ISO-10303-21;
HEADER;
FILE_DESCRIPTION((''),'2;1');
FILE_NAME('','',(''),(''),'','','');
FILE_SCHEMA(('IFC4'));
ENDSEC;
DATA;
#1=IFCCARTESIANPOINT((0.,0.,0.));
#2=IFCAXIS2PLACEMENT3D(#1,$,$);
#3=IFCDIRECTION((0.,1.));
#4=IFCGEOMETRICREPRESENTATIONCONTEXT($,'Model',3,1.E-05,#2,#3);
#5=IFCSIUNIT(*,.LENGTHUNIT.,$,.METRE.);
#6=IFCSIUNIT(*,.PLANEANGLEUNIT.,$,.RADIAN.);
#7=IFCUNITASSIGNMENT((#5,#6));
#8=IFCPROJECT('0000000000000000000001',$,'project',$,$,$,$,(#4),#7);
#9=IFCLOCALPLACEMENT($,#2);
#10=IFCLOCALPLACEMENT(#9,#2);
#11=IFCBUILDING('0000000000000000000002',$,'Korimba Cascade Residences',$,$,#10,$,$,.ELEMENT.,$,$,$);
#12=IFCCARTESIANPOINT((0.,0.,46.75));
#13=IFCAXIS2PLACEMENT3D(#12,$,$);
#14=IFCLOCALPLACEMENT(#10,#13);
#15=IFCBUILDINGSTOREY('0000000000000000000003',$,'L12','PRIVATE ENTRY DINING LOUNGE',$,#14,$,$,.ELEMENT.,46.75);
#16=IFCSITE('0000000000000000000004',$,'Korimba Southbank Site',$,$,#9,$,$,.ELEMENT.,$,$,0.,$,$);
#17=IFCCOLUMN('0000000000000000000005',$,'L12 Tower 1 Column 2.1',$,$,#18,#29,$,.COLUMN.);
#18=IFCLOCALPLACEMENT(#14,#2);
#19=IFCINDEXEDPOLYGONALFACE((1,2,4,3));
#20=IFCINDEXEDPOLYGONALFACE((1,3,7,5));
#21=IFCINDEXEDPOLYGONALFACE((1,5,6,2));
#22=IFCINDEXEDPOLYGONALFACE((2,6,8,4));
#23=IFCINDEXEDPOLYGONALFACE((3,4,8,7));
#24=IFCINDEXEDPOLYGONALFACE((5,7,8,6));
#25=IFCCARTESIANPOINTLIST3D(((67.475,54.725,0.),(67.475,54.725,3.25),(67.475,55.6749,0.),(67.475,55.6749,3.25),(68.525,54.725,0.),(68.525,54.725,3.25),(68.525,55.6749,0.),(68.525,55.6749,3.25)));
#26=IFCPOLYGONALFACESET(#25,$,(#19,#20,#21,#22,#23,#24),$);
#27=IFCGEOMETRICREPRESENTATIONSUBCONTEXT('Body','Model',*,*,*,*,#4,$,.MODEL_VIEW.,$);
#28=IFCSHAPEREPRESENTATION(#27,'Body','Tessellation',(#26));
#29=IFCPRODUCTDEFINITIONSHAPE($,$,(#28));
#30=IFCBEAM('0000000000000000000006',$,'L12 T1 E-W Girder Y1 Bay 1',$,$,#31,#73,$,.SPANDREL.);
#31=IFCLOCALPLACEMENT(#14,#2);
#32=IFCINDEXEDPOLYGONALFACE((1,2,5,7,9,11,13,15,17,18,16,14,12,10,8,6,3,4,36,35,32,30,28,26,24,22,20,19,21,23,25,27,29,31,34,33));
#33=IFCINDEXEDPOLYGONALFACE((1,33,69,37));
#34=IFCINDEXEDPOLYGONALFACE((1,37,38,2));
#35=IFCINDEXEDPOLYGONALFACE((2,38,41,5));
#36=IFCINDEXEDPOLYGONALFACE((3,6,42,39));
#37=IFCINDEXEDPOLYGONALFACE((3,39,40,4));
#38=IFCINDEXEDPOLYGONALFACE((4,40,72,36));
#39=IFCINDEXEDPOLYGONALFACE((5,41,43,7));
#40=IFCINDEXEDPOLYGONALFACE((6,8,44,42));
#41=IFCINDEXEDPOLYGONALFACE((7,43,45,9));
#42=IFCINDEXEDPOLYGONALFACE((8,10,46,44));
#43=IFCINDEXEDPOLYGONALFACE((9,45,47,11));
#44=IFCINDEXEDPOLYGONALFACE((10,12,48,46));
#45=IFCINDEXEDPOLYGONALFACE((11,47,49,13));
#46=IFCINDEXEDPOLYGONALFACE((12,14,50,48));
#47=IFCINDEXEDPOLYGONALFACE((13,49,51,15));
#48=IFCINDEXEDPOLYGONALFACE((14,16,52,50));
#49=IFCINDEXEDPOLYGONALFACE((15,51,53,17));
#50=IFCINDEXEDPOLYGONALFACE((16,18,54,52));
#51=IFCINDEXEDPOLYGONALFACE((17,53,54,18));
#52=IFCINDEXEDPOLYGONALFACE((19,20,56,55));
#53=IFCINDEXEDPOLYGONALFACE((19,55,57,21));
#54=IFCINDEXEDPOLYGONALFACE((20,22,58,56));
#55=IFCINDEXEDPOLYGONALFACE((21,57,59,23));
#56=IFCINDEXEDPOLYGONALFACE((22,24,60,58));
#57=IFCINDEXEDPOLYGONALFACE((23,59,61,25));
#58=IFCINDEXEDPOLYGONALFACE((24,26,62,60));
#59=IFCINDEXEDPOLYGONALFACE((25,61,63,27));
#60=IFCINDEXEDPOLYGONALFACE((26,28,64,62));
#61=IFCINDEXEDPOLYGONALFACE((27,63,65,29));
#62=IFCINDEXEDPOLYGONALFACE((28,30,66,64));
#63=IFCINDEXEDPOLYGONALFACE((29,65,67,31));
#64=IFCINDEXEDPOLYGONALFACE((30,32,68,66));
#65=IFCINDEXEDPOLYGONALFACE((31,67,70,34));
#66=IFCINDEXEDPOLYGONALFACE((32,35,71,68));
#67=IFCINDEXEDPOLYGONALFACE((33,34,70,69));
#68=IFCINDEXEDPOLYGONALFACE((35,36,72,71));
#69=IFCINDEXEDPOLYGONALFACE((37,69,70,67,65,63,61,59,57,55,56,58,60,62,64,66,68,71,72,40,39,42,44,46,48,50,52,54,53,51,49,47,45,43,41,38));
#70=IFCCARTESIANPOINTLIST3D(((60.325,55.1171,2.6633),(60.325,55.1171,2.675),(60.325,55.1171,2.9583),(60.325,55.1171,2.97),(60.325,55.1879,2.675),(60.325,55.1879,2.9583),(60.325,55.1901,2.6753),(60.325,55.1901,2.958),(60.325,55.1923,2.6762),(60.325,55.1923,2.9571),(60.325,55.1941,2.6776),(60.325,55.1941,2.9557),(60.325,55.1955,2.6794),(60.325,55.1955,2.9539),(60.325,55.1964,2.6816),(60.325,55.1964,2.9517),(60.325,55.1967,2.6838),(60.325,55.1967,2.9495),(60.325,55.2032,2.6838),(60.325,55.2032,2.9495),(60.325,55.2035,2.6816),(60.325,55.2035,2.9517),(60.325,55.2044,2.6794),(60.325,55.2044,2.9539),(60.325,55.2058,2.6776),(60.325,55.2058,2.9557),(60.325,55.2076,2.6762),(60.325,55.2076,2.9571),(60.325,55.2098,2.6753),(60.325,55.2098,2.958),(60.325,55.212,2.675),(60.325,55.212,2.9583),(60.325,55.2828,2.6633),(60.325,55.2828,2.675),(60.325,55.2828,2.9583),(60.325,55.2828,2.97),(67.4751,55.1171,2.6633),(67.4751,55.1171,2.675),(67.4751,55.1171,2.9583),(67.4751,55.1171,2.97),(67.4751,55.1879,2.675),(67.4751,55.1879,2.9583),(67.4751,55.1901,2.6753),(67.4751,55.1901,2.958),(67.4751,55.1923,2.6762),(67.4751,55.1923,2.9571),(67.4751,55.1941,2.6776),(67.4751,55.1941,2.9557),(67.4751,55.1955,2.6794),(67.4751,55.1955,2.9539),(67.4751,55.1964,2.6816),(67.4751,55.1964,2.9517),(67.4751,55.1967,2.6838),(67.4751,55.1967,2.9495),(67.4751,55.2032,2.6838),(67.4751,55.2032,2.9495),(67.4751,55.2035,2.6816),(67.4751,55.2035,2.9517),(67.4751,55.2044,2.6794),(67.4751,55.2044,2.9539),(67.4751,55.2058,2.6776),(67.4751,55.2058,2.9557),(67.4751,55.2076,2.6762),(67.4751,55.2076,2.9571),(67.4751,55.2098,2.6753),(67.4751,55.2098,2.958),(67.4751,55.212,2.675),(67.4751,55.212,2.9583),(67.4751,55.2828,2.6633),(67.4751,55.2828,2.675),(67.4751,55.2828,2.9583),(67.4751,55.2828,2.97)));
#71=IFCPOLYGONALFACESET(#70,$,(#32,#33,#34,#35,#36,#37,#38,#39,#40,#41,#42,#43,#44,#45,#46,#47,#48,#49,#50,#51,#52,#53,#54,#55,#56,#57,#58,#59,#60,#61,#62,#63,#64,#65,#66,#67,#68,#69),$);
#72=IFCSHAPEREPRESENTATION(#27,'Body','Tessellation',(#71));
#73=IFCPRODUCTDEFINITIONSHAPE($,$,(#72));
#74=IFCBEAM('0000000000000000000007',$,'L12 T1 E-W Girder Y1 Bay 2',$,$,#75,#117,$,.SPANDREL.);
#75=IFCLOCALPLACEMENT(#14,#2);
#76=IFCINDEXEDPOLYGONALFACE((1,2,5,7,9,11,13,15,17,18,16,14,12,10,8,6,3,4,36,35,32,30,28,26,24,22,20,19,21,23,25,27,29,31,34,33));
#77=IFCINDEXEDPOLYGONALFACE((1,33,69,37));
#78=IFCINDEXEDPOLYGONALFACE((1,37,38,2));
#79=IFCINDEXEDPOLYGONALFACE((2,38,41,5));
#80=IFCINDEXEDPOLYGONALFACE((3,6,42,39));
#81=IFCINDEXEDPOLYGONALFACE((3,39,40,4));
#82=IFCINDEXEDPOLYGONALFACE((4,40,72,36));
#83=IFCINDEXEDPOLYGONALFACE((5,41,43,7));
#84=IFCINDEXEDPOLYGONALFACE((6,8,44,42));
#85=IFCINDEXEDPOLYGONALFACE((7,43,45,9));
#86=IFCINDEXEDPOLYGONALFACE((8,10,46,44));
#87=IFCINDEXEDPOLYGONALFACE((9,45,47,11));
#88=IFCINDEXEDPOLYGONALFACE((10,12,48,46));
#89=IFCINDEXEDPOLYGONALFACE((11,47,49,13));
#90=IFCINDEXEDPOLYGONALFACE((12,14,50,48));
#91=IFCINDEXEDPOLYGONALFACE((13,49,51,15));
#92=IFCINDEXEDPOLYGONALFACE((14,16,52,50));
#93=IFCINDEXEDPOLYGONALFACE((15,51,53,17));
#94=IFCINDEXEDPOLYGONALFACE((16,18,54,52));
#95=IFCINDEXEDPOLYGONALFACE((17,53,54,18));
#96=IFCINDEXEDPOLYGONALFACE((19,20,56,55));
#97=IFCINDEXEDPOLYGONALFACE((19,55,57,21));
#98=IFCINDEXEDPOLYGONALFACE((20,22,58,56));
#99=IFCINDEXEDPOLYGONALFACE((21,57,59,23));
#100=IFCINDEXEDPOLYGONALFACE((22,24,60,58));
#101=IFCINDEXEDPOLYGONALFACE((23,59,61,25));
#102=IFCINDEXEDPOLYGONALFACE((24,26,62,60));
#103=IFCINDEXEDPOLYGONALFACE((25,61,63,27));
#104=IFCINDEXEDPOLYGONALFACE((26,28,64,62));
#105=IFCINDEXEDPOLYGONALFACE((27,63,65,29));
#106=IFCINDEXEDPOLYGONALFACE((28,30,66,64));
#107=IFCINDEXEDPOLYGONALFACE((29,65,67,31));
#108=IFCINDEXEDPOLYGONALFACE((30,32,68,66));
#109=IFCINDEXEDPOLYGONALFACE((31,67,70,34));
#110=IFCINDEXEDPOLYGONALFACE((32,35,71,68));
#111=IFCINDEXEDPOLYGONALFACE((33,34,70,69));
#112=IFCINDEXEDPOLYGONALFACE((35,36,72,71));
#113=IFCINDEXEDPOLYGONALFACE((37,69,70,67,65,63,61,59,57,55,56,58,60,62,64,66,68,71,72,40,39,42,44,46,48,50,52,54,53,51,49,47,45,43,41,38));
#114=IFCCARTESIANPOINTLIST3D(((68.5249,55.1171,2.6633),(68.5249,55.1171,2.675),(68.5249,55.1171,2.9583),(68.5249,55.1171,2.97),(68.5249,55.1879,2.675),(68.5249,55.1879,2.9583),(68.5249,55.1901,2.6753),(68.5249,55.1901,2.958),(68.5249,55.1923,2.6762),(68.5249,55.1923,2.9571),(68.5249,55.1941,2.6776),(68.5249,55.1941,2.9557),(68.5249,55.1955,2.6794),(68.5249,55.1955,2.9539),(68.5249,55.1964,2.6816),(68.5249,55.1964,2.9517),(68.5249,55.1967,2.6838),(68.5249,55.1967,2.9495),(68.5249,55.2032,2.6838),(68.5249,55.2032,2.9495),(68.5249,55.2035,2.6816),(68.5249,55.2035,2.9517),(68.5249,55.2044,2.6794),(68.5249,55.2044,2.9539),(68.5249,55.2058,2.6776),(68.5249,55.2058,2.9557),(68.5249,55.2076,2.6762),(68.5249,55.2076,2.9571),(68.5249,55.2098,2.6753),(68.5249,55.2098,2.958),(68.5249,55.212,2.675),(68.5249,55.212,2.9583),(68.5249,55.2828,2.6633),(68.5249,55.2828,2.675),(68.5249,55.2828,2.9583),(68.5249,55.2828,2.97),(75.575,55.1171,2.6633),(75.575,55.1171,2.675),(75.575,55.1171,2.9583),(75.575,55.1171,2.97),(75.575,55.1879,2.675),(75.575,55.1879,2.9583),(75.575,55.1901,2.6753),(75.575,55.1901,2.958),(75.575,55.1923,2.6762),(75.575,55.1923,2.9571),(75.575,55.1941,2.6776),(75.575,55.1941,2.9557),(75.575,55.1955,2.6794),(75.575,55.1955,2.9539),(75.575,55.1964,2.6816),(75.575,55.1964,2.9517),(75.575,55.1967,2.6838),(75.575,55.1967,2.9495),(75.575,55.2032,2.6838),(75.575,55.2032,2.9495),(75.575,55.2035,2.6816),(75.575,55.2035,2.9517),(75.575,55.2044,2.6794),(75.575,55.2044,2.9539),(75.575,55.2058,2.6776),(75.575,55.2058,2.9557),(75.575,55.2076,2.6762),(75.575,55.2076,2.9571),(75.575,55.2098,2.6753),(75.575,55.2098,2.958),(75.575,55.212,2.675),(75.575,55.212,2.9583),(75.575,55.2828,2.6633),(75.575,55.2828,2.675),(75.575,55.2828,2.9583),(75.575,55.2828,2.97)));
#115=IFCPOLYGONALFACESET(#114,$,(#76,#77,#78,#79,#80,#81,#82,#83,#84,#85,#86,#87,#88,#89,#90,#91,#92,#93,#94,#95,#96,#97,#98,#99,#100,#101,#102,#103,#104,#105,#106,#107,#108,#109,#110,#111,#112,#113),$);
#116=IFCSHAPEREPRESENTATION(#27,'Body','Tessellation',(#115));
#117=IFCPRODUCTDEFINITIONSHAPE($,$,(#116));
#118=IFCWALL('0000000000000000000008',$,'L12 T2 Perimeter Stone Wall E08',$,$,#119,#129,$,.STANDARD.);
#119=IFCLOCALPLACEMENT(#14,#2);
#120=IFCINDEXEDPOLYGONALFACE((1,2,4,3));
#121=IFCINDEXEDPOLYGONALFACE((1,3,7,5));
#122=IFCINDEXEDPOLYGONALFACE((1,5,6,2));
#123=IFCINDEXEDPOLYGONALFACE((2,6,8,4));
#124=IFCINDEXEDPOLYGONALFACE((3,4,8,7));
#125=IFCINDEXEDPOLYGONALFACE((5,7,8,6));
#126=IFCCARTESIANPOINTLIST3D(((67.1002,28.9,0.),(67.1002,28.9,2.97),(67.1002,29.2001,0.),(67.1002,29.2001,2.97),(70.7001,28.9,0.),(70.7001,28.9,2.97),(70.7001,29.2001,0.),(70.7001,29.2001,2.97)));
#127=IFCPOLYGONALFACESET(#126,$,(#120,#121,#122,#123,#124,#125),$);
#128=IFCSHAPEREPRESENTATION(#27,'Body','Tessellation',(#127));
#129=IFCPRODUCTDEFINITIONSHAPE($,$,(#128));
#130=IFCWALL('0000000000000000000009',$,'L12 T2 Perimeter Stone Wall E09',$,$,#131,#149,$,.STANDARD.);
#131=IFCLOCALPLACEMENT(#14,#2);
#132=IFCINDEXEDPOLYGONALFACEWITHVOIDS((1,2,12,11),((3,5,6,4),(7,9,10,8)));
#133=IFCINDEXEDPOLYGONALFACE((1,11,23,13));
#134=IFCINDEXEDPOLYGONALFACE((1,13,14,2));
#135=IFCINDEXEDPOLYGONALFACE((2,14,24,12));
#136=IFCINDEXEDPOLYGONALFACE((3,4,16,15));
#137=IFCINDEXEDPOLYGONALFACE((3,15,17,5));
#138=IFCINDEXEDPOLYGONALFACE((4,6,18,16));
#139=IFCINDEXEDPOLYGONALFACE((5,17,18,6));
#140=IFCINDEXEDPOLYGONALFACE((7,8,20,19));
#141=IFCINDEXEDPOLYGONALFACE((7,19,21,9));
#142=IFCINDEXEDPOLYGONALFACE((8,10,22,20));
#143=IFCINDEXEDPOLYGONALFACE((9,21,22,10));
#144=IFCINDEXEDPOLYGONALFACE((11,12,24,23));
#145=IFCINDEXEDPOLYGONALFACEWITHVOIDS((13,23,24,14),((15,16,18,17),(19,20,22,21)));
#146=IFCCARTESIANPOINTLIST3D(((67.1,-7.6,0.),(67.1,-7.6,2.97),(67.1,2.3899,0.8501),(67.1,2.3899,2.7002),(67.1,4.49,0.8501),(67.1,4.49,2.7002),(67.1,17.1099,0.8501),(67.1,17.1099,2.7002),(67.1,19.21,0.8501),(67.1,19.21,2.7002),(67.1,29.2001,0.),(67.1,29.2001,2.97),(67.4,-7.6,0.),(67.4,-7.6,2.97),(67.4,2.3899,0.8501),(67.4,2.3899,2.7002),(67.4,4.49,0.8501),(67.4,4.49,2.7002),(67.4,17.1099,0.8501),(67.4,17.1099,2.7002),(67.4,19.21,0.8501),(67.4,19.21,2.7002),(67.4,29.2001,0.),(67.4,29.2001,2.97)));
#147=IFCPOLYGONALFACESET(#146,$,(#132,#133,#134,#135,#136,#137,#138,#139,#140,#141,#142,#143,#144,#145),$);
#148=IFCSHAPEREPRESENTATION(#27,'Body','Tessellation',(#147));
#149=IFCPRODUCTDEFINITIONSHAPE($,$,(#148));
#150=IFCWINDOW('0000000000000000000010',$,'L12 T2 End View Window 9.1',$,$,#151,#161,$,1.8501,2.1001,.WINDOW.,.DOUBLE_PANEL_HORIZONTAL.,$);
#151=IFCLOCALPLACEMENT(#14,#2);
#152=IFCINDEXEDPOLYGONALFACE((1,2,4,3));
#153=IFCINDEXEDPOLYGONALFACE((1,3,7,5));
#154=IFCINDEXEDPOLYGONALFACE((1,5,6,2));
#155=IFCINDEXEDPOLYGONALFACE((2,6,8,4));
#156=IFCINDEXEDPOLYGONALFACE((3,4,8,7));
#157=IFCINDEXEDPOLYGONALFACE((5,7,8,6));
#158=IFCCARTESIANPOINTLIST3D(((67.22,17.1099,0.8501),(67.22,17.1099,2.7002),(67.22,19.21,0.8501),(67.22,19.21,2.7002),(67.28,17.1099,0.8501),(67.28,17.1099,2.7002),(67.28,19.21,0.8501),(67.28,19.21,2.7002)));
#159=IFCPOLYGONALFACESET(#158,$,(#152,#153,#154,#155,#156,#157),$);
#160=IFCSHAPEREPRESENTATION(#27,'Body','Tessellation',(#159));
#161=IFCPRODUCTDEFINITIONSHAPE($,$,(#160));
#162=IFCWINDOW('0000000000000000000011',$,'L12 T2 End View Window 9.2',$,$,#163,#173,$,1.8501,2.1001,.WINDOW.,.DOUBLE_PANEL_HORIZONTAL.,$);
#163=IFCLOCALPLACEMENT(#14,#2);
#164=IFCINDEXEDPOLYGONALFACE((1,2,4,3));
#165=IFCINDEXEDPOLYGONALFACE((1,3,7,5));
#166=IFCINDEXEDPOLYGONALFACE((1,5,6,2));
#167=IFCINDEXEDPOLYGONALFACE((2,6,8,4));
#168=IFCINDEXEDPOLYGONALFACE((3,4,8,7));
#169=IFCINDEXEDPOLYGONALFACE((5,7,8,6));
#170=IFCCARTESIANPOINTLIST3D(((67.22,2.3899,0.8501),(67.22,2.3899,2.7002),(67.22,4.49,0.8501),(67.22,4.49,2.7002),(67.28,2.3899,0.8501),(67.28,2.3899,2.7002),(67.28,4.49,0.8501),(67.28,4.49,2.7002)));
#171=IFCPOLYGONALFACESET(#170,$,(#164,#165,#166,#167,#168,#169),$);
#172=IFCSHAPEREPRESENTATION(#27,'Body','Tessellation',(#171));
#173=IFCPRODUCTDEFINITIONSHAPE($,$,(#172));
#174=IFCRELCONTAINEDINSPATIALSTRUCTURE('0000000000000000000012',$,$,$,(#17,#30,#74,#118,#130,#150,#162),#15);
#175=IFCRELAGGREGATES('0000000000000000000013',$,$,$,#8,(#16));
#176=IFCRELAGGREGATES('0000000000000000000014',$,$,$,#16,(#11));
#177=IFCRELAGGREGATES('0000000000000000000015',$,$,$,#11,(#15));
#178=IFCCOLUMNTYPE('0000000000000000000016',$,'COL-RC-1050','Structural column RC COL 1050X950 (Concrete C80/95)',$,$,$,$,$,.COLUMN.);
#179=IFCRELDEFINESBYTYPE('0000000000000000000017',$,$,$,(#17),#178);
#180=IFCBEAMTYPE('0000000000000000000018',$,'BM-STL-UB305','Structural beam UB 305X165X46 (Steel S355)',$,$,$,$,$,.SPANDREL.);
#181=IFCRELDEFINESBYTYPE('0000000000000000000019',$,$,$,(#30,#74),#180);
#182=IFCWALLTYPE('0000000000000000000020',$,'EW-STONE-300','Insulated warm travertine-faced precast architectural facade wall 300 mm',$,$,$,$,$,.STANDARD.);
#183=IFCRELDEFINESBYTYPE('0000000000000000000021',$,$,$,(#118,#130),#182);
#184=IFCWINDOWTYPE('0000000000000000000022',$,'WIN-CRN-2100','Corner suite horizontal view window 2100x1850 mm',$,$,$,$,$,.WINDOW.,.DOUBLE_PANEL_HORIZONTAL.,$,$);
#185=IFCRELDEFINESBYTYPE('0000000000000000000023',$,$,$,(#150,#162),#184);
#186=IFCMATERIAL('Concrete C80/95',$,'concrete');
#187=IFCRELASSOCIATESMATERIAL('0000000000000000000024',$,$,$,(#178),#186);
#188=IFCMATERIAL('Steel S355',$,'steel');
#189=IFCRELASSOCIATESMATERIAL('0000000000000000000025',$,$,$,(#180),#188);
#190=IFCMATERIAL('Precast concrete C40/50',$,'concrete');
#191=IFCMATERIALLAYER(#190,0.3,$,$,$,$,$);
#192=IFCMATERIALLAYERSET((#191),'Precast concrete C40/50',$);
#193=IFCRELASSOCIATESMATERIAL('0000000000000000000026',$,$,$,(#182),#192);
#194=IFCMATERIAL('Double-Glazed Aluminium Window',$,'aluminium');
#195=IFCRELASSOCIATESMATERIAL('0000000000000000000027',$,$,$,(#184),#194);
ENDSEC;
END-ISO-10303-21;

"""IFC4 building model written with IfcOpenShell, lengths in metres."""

from ifc_helpers import new_model, si_unit, direction, frame, frame_2d, origin, origin_2d, place, context, subcontext, project, spatial, rectangle, i_section, extrude, material, layer, layer_set, material_profile, profile_set, type_object, element, fill, save


model = new_model("IFC4")

# Units and contexts
model_context = context("Model", 3, precision=1e-05, world=origin(), true_north=direction((0.0, 1.0)))
body_context = subcontext(model_context, "Body", "Model", "MODEL_VIEW")
ifc_project = project(units=[si_unit("LENGTHUNIT", "METRE"), si_unit("PLANEANGLEUNIT", "RADIAN")], contexts=[model_context])

# Site, building, storey
site_placement = place(None, origin())
site = spatial("IfcSite", under=ifc_project, at=site_placement, Name="Korimba Southbank Site", CompositionType="ELEMENT", RefElevation=0.0)
building_placement = place(site_placement, origin())
building = spatial("IfcBuilding", under=site, at=building_placement, Name="Korimba Cascade Residences", CompositionType="ELEMENT")
storey_placement = place(building_placement, frame((0.0, 0.0, 46.75)))
storey = spatial("IfcBuildingStorey", under=building, at=storey_placement, Name="L12", Description="PRIVATE ENTRY DINING LOUNGE", CompositionType="ELEMENT", Elevation=46.75)

# Column
ifc_material_1 = material(Name="Concrete C80/95", Category="concrete")
ifc_material_profile_1 = material_profile(ifc_material_1, rectangle(XDim=1.05, YDim=0.95, at=origin_2d()), Name="Concrete C80/95")
ifc_profile_set_1 = profile_set([ifc_material_profile_1], Name="Concrete C80/95")
column_type = type_object("IfcColumnType", Name="COL-RC-1050", Description="Structural column RC COL 1050X950 (Concrete C80/95)", PredefinedType="COLUMN", material=ifc_profile_set_1)
column_placement = place(storey_placement, frame((68.0, 55.2, 0.0), z_axis=(0.0, 0.0, 1.0), x_axis=(1.0, 0.0, 0.0)))
element("IfcColumn", 1, at=column_placement, inside=storey, type_object=column_type, Name="L12 Tower 1 Column 2.1", PredefinedType="COLUMN", context=body_context, shape_type="SweptSolid", body=[
    extrude(rectangle(XDim=1.05, YDim=0.95, at=origin_2d()), origin(), (0.0, 0.0, 1.0), 3.25),
])

# Beams
ifc_material_2 = material(Name="Steel S355", Category="steel")
ifc_material_profile_2 = material_profile(ifc_material_2, i_section(OverallWidth=0.1658, OverallDepth=0.3066, WebThickness=0.0066, FlangeThickness=0.0117, FilletRadius=0.0088, at=origin_2d()), Name="Steel S355")
ifc_profile_set_2 = profile_set([ifc_material_profile_2], Name="Steel S355")
beam_type = type_object("IfcBeamType", Name="BM-STL-UB305", Description="Structural beam UB 305X165X46 (Steel S355)", PredefinedType="SPANDREL", material=ifc_profile_set_2)
beam_1_placement = place(storey_placement, frame((60.325, 55.2, 2.8167), z_axis=(1.0, 0.0, 0.0), x_axis=(0.0, 1.0, 0.0)))
element("IfcBeam", 2, at=beam_1_placement, inside=storey, type_object=beam_type, Name="L12 T1 E-W Girder Y1 Bay 1", PredefinedType="SPANDREL", context=body_context, shape_type="SweptSolid", body=[
    extrude(i_section(OverallWidth=0.1658, OverallDepth=0.3066, WebThickness=0.0066, FlangeThickness=0.0117, FilletRadius=0.0088, at=origin_2d()), origin(), (0.0, 0.0, 1.0), 7.1501),
])
beam_2_placement = place(storey_placement, frame((68.5249, 55.2, 2.8167), z_axis=(1.0, 0.0, 0.0), x_axis=(0.0, 1.0, 0.0)))
element("IfcBeam", 3, at=beam_2_placement, inside=storey, type_object=beam_type, Name="L12 T1 E-W Girder Y1 Bay 2", PredefinedType="SPANDREL", context=body_context, shape_type="SweptSolid", body=[
    extrude(i_section(OverallWidth=0.1658, OverallDepth=0.3066, WebThickness=0.0066, FlangeThickness=0.0117, FilletRadius=0.0088, at=origin_2d()), origin(), (0.0, 0.0, 1.0), 7.05),
])

# Wall
ifc_material_3 = material(Name="Precast concrete C40/50", Category="concrete")
ifc_layer_1 = layer(ifc_material_3, 0.3)
ifc_layer_set_1 = layer_set([ifc_layer_1], Name="Precast concrete C40/50")
wall_type_1 = type_object("IfcWallType", Name="EW-STONE-300", Description="Insulated warm travertine-faced precast architectural facade wall 300 mm", PredefinedType="STANDARD", material=ifc_layer_set_1)
wall_1_placement = place(storey_placement, frame((70.7, 29.05, 0.0), z_axis=(0.0, 0.0, 1.0), x_axis=(-1.0, 0.0, 0.0)))
element("IfcWall", 4, at=wall_1_placement, inside=storey, type_object=wall_type_1, Name="L12 T2 Perimeter Stone Wall E08", PredefinedType="STANDARD", context=body_context, shape_type="SweptSolid", body=[
    extrude(rectangle(XDim=3.5999, YDim=0.3, at=frame_2d((1.7998, 0.0))), origin(), (0.0, 0.0, 1.0), 2.97),
])

# Wall, openings, windows
wall_2_placement = place(storey_placement, frame((67.25, 29.2, 0.0), z_axis=(0.0, 0.0, 1.0), x_axis=(0.0, -1.0, 0.0)))
wall_2 = element("IfcWall", 5, at=wall_2_placement, inside=storey, type_object=wall_type_1, Name="L12 T2 Perimeter Stone Wall E09", PredefinedType="STANDARD", context=body_context, shape_type="SweptSolid", body=[
    extrude(rectangle(XDim=36.8, YDim=0.3, at=frame_2d((18.3999, 0.0))), origin(), (0.0, 0.0, 1.0), 2.97),
])
opening_1_placement = place(wall_2_placement, frame((9.99, 0.0, 0.8501)))
opening_1 = element("IfcOpeningElement", 6, at=opening_1_placement, cuts=wall_2, PredefinedType="OPENING", context=body_context, shape_type="SweptSolid", body=[
    extrude(rectangle(XDim=2.1001, YDim=1.8501, at=frame_2d((1.05, 0.925))), frame((0.0, 0.1602, 0.0), z_axis=(0.0, -1.0, 0.0), x_axis=(1.0, 0.0, 0.0)), (0.0, 0.0, 1.0), 0.3201),
])
opening_2_placement = place(wall_2_placement, frame((24.71, 0.0, 0.8501)))
opening_2 = element("IfcOpeningElement", 7, at=opening_2_placement, cuts=wall_2, PredefinedType="OPENING", context=body_context, shape_type="SweptSolid", body=[
    extrude(rectangle(XDim=2.1001, YDim=1.8501, at=frame_2d((1.05, 0.925))), frame((0.0, 0.1602, 0.0), z_axis=(0.0, -1.0, 0.0), x_axis=(1.0, 0.0, 0.0)), (0.0, 0.0, 1.0), 0.3201),
])
ifc_material_4 = material(Name="Double-Glazed Aluminium Window", Category="aluminium")
window_type = type_object("IfcWindowType", Name="WIN-CRN-2100", Description="Corner suite horizontal view window 2100x1850 mm", PartitioningType="DOUBLE_PANEL_HORIZONTAL", PredefinedType="WINDOW", material=ifc_material_4)
window_1_placement = place(opening_1_placement, origin())
window_1 = element("IfcWindow", 8, at=window_1_placement, inside=storey, type_object=window_type, Name="L12 T2 End View Window 9.1", OverallHeight=1.8501, OverallWidth=2.1001, PartitioningType="DOUBLE_PANEL_HORIZONTAL", PredefinedType="WINDOW", context=body_context, shape_type="SweptSolid", body=[
    extrude(rectangle(XDim=2.1001, YDim=1.8501, at=frame_2d((1.05, 0.925))), frame((0.0, 0.03, 0.0), z_axis=(0.0, -1.0, 0.0), x_axis=(1.0, 0.0, 0.0)), (0.0, 0.0, 1.0), 0.0601),
])
fill(opening_1, window_1)
window_2_placement = place(opening_2_placement, origin())
window_2 = element("IfcWindow", 9, at=window_2_placement, inside=storey, type_object=window_type, Name="L12 T2 End View Window 9.2", OverallHeight=1.8501, OverallWidth=2.1001, PartitioningType="DOUBLE_PANEL_HORIZONTAL", PredefinedType="WINDOW", context=body_context, shape_type="SweptSolid", body=[
    extrude(rectangle(XDim=2.1001, YDim=1.8501, at=frame_2d((1.05, 0.925))), frame((0.0, 0.03, 0.0), z_axis=(0.0, -1.0, 0.0), x_axis=(1.0, 0.0, 0.0)), (0.0, 0.0, 1.0), 0.0601),
])
fill(opening_2, window_2)

save(model, "model.ifc")
